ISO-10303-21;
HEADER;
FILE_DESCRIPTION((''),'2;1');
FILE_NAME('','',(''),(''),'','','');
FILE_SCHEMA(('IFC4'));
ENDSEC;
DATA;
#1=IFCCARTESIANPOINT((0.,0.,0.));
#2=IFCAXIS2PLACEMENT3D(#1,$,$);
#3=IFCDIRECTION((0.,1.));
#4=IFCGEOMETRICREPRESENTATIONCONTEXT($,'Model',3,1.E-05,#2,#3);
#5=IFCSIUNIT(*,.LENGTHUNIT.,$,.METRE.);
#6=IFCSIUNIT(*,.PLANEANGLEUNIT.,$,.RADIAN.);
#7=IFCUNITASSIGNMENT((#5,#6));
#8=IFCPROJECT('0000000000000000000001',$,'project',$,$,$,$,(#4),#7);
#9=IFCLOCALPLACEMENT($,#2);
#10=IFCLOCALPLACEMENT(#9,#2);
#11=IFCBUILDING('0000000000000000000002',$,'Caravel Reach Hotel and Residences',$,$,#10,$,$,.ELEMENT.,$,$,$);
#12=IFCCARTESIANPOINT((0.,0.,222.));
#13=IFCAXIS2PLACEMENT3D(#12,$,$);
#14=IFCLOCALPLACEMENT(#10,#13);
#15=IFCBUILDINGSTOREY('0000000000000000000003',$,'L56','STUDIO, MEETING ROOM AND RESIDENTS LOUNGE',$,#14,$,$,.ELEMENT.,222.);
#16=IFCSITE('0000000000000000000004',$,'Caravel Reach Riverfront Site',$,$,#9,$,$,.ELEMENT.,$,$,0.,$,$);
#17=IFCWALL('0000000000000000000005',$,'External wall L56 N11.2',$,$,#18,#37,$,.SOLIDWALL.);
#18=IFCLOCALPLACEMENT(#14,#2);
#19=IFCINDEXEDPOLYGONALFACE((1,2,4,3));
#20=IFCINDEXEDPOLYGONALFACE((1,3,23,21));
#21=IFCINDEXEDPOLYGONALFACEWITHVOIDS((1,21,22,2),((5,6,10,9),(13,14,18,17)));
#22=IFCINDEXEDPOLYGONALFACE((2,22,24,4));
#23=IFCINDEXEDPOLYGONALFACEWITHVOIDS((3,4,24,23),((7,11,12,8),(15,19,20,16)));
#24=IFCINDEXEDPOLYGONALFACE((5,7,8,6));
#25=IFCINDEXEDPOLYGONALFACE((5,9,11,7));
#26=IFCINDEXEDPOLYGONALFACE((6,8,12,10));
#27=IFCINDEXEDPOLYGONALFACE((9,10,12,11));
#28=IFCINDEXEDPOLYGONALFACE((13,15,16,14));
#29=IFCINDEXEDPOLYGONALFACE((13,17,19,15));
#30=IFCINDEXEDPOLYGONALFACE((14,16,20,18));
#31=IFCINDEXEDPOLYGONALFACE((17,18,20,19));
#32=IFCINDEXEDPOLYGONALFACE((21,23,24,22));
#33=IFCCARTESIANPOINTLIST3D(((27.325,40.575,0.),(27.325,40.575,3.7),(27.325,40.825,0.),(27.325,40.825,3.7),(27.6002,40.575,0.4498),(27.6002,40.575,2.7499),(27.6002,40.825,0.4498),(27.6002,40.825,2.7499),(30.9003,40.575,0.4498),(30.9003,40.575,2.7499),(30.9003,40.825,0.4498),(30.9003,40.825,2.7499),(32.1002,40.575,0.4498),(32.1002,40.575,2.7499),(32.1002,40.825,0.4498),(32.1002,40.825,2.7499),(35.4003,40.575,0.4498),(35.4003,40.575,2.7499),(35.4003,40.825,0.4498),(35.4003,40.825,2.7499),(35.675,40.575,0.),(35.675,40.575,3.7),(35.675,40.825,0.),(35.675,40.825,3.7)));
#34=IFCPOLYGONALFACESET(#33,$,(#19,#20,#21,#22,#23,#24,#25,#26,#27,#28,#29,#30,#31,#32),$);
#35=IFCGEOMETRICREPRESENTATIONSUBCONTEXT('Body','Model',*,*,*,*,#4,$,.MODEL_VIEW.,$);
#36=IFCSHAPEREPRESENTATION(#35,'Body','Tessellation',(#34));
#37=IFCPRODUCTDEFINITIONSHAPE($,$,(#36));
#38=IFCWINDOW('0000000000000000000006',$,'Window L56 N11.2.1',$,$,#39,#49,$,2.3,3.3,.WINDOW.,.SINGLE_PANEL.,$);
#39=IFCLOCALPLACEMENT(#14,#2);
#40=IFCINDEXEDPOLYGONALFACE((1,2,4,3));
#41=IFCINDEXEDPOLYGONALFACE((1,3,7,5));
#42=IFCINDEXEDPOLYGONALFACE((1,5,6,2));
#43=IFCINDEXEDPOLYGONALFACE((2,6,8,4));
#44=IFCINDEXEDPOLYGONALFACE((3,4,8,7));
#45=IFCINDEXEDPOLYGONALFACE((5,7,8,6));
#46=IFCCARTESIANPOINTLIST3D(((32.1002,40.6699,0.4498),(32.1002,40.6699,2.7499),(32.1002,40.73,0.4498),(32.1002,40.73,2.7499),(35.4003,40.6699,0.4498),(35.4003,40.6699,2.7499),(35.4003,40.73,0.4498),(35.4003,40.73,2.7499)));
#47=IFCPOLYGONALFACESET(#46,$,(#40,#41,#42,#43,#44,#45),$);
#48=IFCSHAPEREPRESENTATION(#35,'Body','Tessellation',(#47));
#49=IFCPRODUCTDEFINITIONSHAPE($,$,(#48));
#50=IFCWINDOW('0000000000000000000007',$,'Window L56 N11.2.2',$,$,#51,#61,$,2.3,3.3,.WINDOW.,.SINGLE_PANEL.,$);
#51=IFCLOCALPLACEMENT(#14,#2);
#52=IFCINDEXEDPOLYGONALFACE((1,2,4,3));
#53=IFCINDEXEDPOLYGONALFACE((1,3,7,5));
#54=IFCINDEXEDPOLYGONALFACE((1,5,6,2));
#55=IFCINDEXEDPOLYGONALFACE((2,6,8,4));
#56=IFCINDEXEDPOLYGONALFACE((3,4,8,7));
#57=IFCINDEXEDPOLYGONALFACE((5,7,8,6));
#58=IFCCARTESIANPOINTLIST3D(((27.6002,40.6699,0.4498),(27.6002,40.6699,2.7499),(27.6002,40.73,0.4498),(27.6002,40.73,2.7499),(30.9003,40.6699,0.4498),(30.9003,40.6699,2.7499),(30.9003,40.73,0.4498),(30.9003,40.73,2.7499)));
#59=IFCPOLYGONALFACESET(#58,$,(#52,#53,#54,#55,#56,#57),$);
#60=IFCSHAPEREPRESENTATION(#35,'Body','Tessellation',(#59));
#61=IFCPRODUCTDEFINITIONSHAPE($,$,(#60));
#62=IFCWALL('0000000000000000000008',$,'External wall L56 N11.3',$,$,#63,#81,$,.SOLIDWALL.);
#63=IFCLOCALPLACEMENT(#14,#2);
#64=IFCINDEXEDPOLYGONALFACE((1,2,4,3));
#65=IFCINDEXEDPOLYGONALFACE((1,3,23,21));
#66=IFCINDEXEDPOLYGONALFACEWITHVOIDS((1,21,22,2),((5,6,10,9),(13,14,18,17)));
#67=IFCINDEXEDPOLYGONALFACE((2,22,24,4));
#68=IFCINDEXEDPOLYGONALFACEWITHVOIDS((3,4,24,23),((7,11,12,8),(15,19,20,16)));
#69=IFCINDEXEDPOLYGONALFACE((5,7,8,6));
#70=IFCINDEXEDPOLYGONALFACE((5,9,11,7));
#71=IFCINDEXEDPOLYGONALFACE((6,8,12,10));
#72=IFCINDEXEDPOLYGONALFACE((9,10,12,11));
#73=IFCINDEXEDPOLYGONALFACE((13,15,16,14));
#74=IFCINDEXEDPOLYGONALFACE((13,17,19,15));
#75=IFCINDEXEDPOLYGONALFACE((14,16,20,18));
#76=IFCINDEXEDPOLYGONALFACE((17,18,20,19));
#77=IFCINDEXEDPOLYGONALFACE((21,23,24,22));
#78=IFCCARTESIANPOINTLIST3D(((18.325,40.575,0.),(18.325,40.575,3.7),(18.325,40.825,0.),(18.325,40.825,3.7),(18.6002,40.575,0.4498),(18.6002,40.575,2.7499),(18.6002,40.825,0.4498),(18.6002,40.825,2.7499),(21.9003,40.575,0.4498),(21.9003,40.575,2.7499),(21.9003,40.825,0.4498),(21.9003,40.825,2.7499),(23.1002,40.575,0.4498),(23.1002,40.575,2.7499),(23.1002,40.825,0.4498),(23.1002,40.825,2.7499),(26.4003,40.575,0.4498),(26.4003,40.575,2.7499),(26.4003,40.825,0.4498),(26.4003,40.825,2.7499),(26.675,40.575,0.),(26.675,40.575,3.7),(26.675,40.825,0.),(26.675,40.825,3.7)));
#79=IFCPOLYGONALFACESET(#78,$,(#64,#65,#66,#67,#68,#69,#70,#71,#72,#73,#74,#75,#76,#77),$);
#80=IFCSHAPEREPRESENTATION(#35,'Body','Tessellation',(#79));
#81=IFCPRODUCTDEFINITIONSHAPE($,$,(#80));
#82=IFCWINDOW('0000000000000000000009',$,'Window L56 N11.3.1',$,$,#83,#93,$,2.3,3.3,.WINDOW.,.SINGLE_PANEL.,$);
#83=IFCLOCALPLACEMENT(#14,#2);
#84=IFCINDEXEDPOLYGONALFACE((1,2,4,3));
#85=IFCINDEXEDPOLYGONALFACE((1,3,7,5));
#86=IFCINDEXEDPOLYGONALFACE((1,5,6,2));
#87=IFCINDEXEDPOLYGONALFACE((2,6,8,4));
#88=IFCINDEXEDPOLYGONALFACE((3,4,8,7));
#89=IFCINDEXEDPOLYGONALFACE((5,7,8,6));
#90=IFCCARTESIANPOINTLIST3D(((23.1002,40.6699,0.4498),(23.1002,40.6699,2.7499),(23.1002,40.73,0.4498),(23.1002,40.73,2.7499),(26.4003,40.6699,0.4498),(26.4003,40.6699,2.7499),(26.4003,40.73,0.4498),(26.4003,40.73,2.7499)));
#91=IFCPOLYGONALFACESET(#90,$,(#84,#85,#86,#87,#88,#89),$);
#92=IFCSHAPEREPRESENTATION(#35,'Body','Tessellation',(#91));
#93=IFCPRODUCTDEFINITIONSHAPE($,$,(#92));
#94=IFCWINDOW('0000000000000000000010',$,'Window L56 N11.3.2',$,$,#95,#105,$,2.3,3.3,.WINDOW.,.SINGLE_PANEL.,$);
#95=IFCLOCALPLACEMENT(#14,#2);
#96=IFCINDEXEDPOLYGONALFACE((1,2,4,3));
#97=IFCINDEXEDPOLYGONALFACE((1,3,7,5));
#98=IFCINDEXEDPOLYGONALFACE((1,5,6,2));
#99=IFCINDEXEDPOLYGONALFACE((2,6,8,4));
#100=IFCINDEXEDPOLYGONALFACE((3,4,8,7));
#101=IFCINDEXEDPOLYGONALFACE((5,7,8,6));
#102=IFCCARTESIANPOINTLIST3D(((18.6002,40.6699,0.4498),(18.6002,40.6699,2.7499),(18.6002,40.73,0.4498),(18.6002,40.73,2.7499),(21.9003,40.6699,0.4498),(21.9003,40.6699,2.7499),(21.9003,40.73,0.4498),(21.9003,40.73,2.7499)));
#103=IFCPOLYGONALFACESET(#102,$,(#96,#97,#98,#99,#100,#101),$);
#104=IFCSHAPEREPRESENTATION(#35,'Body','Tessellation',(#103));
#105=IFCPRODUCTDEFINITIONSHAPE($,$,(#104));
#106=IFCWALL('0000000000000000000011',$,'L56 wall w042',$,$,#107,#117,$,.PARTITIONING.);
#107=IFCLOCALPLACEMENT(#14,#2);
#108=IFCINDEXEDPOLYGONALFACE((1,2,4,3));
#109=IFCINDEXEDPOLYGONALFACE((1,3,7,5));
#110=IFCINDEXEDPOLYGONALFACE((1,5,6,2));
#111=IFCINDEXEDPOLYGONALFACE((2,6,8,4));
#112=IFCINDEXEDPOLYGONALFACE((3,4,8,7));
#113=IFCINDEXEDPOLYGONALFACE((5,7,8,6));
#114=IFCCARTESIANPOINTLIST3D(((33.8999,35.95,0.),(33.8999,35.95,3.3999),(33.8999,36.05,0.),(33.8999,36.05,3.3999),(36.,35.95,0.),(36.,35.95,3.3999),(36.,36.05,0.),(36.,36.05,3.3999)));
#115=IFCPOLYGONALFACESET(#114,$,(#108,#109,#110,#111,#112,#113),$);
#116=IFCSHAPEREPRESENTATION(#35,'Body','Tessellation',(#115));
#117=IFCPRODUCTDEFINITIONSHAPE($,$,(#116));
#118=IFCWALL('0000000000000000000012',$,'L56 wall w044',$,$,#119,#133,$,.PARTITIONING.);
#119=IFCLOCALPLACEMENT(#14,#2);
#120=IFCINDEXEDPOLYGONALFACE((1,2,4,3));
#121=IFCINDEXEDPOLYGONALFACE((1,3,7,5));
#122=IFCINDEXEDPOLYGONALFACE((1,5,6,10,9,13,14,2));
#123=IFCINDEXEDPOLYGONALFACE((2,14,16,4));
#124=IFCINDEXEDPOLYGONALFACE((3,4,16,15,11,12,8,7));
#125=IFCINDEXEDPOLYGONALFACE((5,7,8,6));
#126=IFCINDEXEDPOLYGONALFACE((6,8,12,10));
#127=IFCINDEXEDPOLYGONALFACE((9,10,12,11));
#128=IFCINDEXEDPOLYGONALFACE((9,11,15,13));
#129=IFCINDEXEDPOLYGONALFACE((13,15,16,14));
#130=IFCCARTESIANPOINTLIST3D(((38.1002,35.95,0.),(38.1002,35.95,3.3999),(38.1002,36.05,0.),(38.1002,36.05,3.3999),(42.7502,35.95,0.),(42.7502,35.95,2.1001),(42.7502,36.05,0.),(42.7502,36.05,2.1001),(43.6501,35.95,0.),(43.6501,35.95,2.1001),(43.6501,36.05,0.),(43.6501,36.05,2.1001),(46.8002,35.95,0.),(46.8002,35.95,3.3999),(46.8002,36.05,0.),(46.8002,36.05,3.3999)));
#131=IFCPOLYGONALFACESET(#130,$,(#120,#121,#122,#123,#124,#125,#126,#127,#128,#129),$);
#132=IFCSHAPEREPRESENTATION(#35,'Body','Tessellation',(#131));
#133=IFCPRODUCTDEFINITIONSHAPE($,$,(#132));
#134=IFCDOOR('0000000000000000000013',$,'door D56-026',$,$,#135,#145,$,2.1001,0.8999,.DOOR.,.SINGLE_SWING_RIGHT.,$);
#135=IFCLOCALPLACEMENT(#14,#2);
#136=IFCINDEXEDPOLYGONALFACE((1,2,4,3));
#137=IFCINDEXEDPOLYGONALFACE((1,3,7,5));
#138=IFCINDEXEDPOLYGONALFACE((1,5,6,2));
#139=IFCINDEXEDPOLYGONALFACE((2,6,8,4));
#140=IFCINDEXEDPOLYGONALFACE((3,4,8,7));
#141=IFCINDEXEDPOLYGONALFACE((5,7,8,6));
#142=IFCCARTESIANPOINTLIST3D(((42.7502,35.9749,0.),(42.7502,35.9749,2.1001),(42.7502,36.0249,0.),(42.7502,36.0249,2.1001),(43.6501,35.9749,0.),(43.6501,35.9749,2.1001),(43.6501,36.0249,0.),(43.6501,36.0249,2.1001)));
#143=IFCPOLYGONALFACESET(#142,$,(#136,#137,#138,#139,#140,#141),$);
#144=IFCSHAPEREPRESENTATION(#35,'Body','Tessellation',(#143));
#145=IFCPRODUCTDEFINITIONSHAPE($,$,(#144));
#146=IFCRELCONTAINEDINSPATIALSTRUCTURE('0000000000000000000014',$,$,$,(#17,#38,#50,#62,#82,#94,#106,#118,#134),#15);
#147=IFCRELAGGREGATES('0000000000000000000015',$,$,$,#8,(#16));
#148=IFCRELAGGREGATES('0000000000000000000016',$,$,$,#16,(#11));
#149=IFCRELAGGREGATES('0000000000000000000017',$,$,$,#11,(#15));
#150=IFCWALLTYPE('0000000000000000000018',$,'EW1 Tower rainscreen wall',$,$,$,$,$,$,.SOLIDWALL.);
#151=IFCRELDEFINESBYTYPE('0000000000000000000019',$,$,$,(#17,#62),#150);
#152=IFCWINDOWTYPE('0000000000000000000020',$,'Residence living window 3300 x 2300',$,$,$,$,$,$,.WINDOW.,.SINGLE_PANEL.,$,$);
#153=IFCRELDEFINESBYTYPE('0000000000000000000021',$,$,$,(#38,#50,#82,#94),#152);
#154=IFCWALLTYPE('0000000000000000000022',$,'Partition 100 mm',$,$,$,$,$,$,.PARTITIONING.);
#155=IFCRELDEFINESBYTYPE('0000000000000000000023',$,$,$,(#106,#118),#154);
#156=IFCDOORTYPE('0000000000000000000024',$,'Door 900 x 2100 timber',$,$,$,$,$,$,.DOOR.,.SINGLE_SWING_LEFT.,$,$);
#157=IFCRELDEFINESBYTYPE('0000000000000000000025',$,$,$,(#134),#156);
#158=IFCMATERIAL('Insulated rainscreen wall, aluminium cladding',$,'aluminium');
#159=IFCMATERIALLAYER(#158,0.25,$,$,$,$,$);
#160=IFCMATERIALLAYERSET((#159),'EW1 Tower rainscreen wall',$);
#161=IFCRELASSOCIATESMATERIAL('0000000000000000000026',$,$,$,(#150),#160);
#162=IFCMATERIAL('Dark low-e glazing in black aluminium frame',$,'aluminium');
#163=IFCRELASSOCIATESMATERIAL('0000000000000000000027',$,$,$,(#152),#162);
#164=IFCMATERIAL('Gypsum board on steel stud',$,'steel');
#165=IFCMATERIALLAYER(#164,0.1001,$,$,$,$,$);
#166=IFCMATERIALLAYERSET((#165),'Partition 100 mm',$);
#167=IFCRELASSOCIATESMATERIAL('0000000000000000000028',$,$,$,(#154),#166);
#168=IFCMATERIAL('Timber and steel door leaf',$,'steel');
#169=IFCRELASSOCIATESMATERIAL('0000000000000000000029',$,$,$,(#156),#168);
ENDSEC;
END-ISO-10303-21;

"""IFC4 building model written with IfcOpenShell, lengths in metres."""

from ifc_helpers import new_model, si_unit, direction, frame, frame_2d, origin, place, context, subcontext, project, spatial, rectangle, extrude, material, layer, layer_set, type_object, element, fill, save


model = new_model("IFC4")

# Units and contexts
model_context = context("Model", 3, precision=1e-05, world=origin(), true_north=direction((0.0, 1.0)))
body_context = subcontext(model_context, "Body", "Model", "MODEL_VIEW")
ifc_project = project(units=[si_unit("LENGTHUNIT", "METRE"), si_unit("PLANEANGLEUNIT", "RADIAN")], contexts=[model_context])

# Site, building, storey
site_placement = place(None, origin())
site = spatial("IfcSite", under=ifc_project, at=site_placement, Name="Caravel Reach Riverfront Site", CompositionType="ELEMENT", RefElevation=0.0)
building_placement = place(site_placement, origin())
building = spatial("IfcBuilding", under=site, at=building_placement, Name="Caravel Reach Hotel and Residences", CompositionType="ELEMENT")
storey_placement = place(building_placement, frame((0.0, 0.0, 222.0)))
storey = spatial("IfcBuildingStorey", under=building, at=storey_placement, Name="L56", Description="STUDIO, MEETING ROOM AND RESIDENTS LOUNGE", CompositionType="ELEMENT", Elevation=222.0)

# Walls, openings, windows
ifc_material_1 = material(Name="Insulated rainscreen wall, aluminium cladding", Category="aluminium")
ifc_layer_1 = layer(ifc_material_1, 0.25)
ifc_layer_set_1 = layer_set([ifc_layer_1], Name="EW1 Tower rainscreen wall")
wall_type_1 = type_object("IfcWallType", Name="EW1 Tower rainscreen wall", PredefinedType="SOLIDWALL", material=ifc_layer_set_1)
wall_1_placement = place(storey_placement, frame((35.675, 40.7, 0.0), z_axis=(0.0, 0.0, 1.0), x_axis=(-1.0, 0.0, 0.0)))
wall_1 = element("IfcWall", 1, at=wall_1_placement, inside=storey, type_object=wall_type_1, Name="External wall L56 N11.2", PredefinedType="SOLIDWALL", context=body_context, shape_type="SweptSolid", body=[
    extrude(rectangle(XDim=8.3501, YDim=0.25, at=frame_2d((4.175, 0.0))), origin(), (0.0, 0.0, 1.0), 3.7),
])
opening_1_placement = place(wall_1_placement, frame((0.2749, 0.0, 0.45)))
opening_1 = element("IfcOpeningElement", 2, at=opening_1_placement, cuts=wall_1, PredefinedType="OPENING", context=body_context, shape_type="SweptSolid", body=[
    extrude(rectangle(XDim=3.3, YDim=2.3, at=frame_2d((1.6499, 1.1499))), frame((0.0, 0.135, 0.0), z_axis=(0.0, -1.0, 0.0), x_axis=(1.0, 0.0, 0.0)), (0.0, 0.0, 1.0), 0.27),
])
opening_2_placement = place(wall_1_placement, frame((4.7749, 0.0, 0.45)))
opening_2 = element("IfcOpeningElement", 3, at=opening_2_placement, cuts=wall_1, PredefinedType="OPENING", context=body_context, shape_type="SweptSolid", body=[
    extrude(rectangle(XDim=3.3, YDim=2.3, at=frame_2d((1.6499, 1.1499))), frame((0.0, 0.135, 0.0), z_axis=(0.0, -1.0, 0.0), x_axis=(1.0, 0.0, 0.0)), (0.0, 0.0, 1.0), 0.27),
])
ifc_material_2 = material(Name="Dark low-e glazing in black aluminium frame", Category="aluminium")
window_type = type_object("IfcWindowType", Name="Residence living window 3300 x 2300", PartitioningType="SINGLE_PANEL", PredefinedType="WINDOW", material=ifc_material_2)
window_1_placement = place(opening_1_placement, origin())
window_1 = element("IfcWindow", 4, at=window_1_placement, inside=storey, type_object=window_type, Name="Window L56 N11.2.1", OverallHeight=2.3, OverallWidth=3.3, PartitioningType="SINGLE_PANEL", PredefinedType="WINDOW", context=body_context, shape_type="SweptSolid", body=[
    extrude(rectangle(XDim=3.3, YDim=2.3, at=frame_2d((1.6499, 1.1499))), frame((0.0, 0.03, 0.0), z_axis=(0.0, -1.0, 0.0), x_axis=(1.0, 0.0, 0.0)), (0.0, 0.0, 1.0), 0.0601),
])
fill(opening_1, window_1)
window_2_placement = place(opening_2_placement, origin())
window_2 = element("IfcWindow", 5, at=window_2_placement, inside=storey, type_object=window_type, Name="Window L56 N11.2.2", OverallHeight=2.3, OverallWidth=3.3, PartitioningType="SINGLE_PANEL", PredefinedType="WINDOW", context=body_context, shape_type="SweptSolid", body=[
    extrude(rectangle(XDim=3.3, YDim=2.3, at=frame_2d((1.6499, 1.1499))), frame((0.0, 0.03, 0.0), z_axis=(0.0, -1.0, 0.0), x_axis=(1.0, 0.0, 0.0)), (0.0, 0.0, 1.0), 0.0601),
])
fill(opening_2, window_2)
wall_2_placement = place(storey_placement, frame((26.675, 40.7, 0.0), z_axis=(0.0, 0.0, 1.0), x_axis=(-1.0, 0.0, 0.0)))
wall_2 = element("IfcWall", 6, at=wall_2_placement, inside=storey, type_object=wall_type_1, Name="External wall L56 N11.3", PredefinedType="SOLIDWALL", context=body_context, shape_type="SweptSolid", body=[
    extrude(rectangle(XDim=8.3501, YDim=0.25, at=frame_2d((4.175, 0.0))), origin(), (0.0, 0.0, 1.0), 3.7),
])
opening_3_placement = place(wall_2_placement, frame((0.2749, 0.0, 0.45)))
opening_3 = element("IfcOpeningElement", 7, at=opening_3_placement, cuts=wall_2, PredefinedType="OPENING", context=body_context, shape_type="SweptSolid", body=[
    extrude(rectangle(XDim=3.3, YDim=2.3, at=frame_2d((1.6499, 1.1499))), frame((0.0, 0.135, 0.0), z_axis=(0.0, -1.0, 0.0), x_axis=(1.0, 0.0, 0.0)), (0.0, 0.0, 1.0), 0.27),
])
opening_4_placement = place(wall_2_placement, frame((4.7749, 0.0, 0.45)))
opening_4 = element("IfcOpeningElement", 8, at=opening_4_placement, cuts=wall_2, PredefinedType="OPENING", context=body_context, shape_type="SweptSolid", body=[
    extrude(rectangle(XDim=3.3, YDim=2.3, at=frame_2d((1.6499, 1.1499))), frame((0.0, 0.135, 0.0), z_axis=(0.0, -1.0, 0.0), x_axis=(1.0, 0.0, 0.0)), (0.0, 0.0, 1.0), 0.27),
])
window_3_placement = place(opening_3_placement, origin())
window_3 = element("IfcWindow", 9, at=window_3_placement, inside=storey, type_object=window_type, Name="Window L56 N11.3.1", OverallHeight=2.3, OverallWidth=3.3, PartitioningType="SINGLE_PANEL", PredefinedType="WINDOW", context=body_context, shape_type="SweptSolid", body=[
    extrude(rectangle(XDim=3.3, YDim=2.3, at=frame_2d((1.6499, 1.1499))), frame((0.0, 0.03, 0.0), z_axis=(0.0, -1.0, 0.0), x_axis=(1.0, 0.0, 0.0)), (0.0, 0.0, 1.0), 0.0601),
])
fill(opening_3, window_3)
window_4_placement = place(opening_4_placement, origin())
window_4 = element("IfcWindow", 10, at=window_4_placement, inside=storey, type_object=window_type, Name="Window L56 N11.3.2", OverallHeight=2.3, OverallWidth=3.3, PartitioningType="SINGLE_PANEL", PredefinedType="WINDOW", context=body_context, shape_type="SweptSolid", body=[
    extrude(rectangle(XDim=3.3, YDim=2.3, at=frame_2d((1.6499, 1.1499))), frame((0.0, 0.03, 0.0), z_axis=(0.0, -1.0, 0.0), x_axis=(1.0, 0.0, 0.0)), (0.0, 0.0, 1.0), 0.0601),
])
fill(opening_4, window_4)

# Wall
ifc_material_3 = material(Name="Gypsum board on steel stud", Category="steel")
ifc_layer_2 = layer(ifc_material_3, 0.1001)
ifc_layer_set_2 = layer_set([ifc_layer_2], Name="Partition 100 mm")
wall_type_2 = type_object("IfcWallType", Name="Partition 100 mm", PredefinedType="PARTITIONING", material=ifc_layer_set_2)
wall_3_placement = place(storey_placement, frame((33.8999, 36.0, 0.0), z_axis=(0.0, 0.0, 1.0), x_axis=(1.0, 0.0, 0.0)))
element("IfcWall", 11, at=wall_3_placement, inside=storey, type_object=wall_type_2, Name="L56 wall w042", PredefinedType="PARTITIONING", context=body_context, shape_type="SweptSolid", body=[
    extrude(rectangle(XDim=2.1001, YDim=0.1001, at=frame_2d((1.05, 0.0))), origin(), (0.0, 0.0, 1.0), 3.3999),
])

# Wall, opening, door
wall_4_placement = place(storey_placement, frame((38.1001, 36.0, 0.0), z_axis=(0.0, 0.0, 1.0), x_axis=(1.0, 0.0, 0.0)))
wall_4 = element("IfcWall", 12, at=wall_4_placement, inside=storey, type_object=wall_type_2, Name="L56 wall w044", PredefinedType="PARTITIONING", context=body_context, shape_type="SweptSolid", body=[
    extrude(rectangle(XDim=8.7, YDim=0.1001, at=frame_2d((4.3501, 0.0))), origin(), (0.0, 0.0, 1.0), 3.3999),
])
opening_5_placement = place(wall_4_placement, frame((4.6501, 0.0, 0.0)))
opening_5 = element("IfcOpeningElement", 13, at=opening_5_placement, cuts=wall_4, PredefinedType="OPENING", context=body_context, shape_type="SweptSolid", body=[
    extrude(rectangle(XDim=0.8999, YDim=2.1001, at=frame_2d((0.45, 1.05))), frame((0.0, 0.0601, 0.0), z_axis=(0.0, -1.0, 0.0), x_axis=(1.0, 0.0, 0.0)), (0.0, 0.0, 1.0), 0.1201),
])
ifc_material_4 = material(Name="Timber and steel door leaf", Category="steel")
door_type = type_object("IfcDoorType", Name="Door 900 x 2100 timber", OperationType="SINGLE_SWING_LEFT", PredefinedType="DOOR", material=ifc_material_4)
door_1_placement = place(opening_5_placement, origin())
door_1 = element("IfcDoor", 14, at=door_1_placement, inside=storey, type_object=door_type, Name="door D56-026", OperationType="SINGLE_SWING_RIGHT", OverallHeight=2.1001, OverallWidth=0.8999, PredefinedType="DOOR", context=body_context, shape_type="SweptSolid", body=[
    extrude(rectangle(XDim=0.8999, YDim=2.1001, at=frame_2d((0.45, 1.05))), frame((0.0, 0.0249, 0.0), z_axis=(0.0, -1.0, 0.0), x_axis=(1.0, 0.0, 0.0)), (0.0, 0.0, 1.0), 0.05),
])
fill(opening_5, door_1)

save(model, "model.ifc")
